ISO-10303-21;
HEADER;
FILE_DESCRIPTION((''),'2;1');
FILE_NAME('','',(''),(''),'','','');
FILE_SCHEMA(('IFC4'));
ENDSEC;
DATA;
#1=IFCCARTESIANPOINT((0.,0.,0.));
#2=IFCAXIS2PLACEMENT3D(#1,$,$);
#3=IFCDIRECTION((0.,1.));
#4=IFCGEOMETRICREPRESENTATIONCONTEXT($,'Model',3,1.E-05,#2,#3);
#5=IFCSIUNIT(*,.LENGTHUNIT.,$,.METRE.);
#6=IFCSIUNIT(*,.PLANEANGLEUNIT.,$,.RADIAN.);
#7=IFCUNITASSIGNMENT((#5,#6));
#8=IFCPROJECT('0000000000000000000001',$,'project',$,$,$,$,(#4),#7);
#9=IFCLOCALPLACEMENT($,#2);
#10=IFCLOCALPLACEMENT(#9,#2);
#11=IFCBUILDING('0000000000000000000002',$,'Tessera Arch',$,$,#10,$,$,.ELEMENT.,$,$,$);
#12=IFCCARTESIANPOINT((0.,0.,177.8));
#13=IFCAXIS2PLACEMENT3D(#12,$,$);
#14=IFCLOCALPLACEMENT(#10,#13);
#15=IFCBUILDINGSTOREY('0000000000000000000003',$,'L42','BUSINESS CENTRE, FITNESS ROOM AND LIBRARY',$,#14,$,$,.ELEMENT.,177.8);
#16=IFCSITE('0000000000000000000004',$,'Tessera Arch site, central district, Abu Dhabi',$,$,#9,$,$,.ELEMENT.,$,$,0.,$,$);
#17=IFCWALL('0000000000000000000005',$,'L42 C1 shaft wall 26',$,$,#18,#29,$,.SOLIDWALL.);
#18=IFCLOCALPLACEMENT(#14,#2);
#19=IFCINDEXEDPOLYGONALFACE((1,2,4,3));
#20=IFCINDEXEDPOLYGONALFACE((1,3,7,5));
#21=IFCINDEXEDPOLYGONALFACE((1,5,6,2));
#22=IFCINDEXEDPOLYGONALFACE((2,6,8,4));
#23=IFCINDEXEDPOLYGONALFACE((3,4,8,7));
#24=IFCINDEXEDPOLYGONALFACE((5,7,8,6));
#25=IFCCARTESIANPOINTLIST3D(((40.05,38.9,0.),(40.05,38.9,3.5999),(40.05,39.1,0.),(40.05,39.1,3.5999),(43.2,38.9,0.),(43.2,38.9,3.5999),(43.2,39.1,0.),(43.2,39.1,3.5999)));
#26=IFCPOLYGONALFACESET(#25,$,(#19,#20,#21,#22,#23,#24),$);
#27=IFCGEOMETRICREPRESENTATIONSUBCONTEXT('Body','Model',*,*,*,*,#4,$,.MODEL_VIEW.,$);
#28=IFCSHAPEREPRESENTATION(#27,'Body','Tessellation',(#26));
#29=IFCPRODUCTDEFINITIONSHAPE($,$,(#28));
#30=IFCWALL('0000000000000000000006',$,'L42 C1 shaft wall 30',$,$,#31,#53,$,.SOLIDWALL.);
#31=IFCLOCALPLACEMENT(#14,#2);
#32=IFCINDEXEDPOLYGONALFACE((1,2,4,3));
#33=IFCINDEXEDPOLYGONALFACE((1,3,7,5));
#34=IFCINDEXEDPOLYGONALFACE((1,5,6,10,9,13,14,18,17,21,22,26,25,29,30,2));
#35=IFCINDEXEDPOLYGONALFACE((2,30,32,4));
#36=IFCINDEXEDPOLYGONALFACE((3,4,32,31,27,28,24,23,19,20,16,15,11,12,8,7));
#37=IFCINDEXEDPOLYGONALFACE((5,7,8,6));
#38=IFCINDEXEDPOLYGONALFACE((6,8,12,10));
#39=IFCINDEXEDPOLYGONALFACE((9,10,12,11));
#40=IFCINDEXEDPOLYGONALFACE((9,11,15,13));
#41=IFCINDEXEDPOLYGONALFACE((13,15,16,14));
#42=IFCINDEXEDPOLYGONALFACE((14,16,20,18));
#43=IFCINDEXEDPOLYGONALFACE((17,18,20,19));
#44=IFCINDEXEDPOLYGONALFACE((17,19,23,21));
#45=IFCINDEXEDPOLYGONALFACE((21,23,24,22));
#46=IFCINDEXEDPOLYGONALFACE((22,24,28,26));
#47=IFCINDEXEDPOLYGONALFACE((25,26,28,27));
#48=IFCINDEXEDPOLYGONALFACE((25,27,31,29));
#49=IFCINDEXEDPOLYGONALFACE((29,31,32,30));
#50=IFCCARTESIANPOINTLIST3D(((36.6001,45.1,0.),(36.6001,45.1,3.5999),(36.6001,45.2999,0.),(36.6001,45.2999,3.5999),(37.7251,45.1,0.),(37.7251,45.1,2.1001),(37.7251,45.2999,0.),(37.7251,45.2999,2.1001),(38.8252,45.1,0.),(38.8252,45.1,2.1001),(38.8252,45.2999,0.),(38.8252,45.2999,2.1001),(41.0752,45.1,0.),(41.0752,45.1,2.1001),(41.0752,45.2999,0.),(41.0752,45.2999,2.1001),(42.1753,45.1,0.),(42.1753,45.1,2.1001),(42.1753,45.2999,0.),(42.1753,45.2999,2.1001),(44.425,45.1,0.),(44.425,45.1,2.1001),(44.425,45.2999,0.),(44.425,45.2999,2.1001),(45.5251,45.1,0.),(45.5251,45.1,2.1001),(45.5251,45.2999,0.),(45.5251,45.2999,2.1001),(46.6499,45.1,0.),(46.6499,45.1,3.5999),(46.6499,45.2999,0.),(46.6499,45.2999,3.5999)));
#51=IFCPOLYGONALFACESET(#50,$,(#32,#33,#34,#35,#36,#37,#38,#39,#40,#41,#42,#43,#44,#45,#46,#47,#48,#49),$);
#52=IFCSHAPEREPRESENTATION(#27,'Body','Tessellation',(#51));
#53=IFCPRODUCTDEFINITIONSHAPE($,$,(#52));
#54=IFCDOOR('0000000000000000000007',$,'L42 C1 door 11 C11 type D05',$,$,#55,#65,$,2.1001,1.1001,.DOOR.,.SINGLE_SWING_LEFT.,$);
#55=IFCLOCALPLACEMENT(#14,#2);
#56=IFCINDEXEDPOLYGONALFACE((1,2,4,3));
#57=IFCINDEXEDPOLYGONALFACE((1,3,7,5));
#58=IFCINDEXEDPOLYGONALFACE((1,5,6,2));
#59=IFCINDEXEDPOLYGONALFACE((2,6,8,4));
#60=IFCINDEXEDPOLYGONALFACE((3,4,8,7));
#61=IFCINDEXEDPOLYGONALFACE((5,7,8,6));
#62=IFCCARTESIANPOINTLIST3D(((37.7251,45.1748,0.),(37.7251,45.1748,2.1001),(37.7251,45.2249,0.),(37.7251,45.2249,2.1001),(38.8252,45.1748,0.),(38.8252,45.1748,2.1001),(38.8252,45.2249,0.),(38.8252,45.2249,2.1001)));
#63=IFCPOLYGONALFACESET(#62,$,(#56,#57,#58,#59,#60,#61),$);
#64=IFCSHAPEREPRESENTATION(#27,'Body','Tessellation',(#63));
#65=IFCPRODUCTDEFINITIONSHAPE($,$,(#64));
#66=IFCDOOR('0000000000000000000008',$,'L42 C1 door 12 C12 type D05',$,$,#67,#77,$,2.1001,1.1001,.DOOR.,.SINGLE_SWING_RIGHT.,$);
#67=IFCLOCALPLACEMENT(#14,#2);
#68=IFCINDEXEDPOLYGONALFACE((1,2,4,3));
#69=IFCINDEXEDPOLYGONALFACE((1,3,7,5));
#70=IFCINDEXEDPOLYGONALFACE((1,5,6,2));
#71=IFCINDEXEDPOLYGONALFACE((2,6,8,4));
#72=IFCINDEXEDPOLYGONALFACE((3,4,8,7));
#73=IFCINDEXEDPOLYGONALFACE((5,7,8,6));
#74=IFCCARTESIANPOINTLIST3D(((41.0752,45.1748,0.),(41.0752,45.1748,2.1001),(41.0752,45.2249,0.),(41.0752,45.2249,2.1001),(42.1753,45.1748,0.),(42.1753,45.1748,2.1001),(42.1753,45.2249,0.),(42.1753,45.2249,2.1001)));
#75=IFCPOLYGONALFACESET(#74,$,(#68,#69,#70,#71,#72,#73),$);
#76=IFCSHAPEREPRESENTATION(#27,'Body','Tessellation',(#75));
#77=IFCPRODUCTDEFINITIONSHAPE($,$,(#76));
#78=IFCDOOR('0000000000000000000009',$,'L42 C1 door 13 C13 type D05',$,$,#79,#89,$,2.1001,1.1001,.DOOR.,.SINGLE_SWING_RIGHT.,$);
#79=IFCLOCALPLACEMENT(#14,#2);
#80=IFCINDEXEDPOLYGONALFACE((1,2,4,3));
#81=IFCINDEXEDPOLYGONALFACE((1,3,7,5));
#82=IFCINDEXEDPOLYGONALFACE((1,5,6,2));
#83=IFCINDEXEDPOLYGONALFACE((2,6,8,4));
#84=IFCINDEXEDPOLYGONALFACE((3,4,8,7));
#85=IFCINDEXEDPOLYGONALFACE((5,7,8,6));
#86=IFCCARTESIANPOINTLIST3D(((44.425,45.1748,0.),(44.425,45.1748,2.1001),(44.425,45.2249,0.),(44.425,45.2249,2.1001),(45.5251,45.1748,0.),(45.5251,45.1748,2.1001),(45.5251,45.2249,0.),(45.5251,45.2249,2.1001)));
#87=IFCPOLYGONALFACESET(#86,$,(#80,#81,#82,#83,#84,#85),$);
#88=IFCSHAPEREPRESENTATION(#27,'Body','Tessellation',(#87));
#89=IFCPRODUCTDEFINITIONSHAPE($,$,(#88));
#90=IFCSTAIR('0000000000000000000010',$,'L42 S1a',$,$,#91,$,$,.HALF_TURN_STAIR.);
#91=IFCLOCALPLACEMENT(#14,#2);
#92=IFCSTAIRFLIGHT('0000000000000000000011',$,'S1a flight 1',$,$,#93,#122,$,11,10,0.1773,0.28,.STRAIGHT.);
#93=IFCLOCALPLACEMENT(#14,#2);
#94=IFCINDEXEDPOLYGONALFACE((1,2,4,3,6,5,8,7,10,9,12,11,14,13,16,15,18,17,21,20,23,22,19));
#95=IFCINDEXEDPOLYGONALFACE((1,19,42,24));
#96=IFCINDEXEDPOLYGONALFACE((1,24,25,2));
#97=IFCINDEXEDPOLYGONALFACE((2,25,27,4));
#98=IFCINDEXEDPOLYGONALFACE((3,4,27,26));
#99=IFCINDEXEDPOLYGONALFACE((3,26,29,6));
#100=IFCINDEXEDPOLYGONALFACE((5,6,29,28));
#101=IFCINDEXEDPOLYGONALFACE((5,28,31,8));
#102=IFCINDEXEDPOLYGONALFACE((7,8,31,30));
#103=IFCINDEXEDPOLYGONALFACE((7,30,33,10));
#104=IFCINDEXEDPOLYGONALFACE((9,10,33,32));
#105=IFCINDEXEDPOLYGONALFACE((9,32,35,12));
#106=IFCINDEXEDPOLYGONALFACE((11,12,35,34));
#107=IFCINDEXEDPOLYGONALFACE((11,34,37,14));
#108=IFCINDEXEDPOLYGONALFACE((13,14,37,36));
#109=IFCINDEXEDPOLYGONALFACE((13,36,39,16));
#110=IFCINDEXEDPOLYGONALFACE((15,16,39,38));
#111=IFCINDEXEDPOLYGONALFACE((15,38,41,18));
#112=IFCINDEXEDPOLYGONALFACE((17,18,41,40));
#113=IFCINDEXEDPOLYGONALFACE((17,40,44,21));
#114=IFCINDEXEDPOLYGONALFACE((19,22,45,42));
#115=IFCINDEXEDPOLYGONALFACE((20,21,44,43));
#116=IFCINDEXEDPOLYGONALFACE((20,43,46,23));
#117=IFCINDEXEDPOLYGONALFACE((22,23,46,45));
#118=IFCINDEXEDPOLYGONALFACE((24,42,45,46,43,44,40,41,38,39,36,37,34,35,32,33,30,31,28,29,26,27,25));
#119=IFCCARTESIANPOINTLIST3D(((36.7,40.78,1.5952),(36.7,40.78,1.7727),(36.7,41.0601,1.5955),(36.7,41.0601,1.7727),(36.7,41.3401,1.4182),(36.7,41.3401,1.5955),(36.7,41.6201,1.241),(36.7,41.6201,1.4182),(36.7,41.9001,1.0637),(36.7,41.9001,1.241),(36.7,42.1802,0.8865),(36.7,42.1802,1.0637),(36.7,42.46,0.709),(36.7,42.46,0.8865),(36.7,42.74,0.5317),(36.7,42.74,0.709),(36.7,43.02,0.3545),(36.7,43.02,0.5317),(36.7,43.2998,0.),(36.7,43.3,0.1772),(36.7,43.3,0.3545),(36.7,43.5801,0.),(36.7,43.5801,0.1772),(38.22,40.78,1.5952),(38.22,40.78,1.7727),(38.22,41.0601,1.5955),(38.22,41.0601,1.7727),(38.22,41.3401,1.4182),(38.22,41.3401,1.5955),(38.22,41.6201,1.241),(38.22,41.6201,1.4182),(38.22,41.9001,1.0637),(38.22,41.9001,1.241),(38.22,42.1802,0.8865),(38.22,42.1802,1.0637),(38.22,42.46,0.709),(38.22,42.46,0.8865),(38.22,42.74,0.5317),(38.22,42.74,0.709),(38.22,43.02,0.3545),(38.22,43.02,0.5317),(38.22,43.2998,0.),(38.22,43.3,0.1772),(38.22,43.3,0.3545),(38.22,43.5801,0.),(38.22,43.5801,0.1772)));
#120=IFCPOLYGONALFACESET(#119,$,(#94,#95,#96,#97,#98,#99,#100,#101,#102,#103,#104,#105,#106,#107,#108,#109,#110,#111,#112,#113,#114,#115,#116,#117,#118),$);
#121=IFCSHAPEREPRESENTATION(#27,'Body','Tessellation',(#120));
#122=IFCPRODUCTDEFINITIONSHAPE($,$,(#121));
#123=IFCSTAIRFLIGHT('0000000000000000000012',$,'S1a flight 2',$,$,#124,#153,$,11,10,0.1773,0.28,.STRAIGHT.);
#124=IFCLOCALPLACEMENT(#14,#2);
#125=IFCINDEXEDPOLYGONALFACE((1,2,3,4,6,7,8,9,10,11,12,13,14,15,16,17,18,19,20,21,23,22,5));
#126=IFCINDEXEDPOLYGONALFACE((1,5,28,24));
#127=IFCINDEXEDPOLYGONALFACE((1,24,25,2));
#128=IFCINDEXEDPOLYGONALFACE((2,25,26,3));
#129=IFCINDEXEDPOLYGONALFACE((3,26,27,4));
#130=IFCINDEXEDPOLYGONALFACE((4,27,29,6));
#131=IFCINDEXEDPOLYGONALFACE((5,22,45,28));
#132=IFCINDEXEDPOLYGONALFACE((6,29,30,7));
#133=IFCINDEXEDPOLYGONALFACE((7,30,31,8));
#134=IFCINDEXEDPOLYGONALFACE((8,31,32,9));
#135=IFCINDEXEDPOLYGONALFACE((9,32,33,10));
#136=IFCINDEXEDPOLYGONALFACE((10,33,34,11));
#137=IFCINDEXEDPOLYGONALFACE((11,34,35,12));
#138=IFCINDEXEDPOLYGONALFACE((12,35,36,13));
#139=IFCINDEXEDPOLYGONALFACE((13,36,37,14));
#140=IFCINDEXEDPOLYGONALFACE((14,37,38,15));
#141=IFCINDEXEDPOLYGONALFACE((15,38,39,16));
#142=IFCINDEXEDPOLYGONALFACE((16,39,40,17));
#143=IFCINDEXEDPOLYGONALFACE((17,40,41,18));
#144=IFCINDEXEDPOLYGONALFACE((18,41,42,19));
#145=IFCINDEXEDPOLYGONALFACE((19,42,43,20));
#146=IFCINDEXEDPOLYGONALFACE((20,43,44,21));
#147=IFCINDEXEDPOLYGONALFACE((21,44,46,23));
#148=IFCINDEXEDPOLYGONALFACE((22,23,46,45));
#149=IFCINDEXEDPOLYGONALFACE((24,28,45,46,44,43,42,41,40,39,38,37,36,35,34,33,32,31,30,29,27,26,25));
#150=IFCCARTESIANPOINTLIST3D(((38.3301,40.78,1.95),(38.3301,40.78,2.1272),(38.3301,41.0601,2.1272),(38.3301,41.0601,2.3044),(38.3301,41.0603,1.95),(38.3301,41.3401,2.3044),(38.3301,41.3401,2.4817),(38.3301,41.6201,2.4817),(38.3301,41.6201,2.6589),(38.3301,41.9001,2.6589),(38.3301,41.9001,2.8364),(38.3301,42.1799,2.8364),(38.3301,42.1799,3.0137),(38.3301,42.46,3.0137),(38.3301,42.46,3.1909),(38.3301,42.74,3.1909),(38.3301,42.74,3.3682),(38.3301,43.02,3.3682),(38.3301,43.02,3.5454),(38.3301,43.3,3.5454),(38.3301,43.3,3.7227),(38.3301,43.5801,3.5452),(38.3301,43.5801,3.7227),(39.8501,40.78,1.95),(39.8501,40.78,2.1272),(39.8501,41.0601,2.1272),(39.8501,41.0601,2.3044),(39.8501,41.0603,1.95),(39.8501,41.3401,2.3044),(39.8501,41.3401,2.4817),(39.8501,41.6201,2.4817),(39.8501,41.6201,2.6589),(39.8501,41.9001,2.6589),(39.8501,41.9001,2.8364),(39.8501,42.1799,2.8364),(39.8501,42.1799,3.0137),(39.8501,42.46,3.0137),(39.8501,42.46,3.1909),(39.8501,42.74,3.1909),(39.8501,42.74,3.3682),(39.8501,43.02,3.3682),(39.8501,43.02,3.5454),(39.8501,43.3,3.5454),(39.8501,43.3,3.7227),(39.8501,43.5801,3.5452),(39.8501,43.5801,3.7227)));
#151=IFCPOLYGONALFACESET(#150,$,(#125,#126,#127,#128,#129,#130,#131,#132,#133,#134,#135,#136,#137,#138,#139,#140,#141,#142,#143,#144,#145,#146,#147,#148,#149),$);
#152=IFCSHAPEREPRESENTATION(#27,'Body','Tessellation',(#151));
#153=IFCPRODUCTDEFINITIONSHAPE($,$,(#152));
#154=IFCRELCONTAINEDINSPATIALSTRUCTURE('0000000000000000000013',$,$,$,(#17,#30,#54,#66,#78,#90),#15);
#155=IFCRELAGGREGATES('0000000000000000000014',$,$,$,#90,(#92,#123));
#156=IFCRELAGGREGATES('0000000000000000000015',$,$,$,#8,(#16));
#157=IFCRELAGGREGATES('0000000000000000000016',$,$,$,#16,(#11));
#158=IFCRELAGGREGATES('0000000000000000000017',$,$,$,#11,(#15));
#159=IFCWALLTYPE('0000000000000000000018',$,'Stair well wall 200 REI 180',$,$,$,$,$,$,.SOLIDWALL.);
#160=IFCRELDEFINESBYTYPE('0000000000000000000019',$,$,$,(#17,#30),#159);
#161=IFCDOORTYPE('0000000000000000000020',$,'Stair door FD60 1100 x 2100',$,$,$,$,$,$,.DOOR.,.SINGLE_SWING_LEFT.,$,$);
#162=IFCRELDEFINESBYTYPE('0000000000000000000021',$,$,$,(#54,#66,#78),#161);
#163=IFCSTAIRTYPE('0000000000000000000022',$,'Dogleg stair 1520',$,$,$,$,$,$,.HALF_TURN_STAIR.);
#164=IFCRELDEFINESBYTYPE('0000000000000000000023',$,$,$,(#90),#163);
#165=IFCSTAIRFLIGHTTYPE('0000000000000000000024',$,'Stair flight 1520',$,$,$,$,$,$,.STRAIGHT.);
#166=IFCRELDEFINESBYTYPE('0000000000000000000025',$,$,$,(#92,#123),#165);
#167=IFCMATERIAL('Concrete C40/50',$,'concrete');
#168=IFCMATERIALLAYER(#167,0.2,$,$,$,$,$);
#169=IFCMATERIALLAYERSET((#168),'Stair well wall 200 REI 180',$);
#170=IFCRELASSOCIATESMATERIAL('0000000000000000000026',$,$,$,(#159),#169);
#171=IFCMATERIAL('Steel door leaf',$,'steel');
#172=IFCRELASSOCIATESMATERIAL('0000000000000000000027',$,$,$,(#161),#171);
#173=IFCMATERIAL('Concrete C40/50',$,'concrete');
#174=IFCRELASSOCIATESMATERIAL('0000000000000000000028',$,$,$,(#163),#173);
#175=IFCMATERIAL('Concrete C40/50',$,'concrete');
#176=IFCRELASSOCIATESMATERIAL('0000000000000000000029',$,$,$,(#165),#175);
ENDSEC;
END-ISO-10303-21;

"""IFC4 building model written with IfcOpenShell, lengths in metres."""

from ifc_helpers import new_model, si_unit, direction, frame, frame_2d, origin, place, context, subcontext, project, spatial, polyline, rectangle, outline, extrude, material, layer, layer_set, type_object, element, fill, aggregate, save


model = new_model("IFC4")

# Units and contexts
model_context = context("Model", 3, precision=1e-05, world=origin(), true_north=direction((0.0, 1.0)))
body_context = subcontext(model_context, "Body", "Model", "MODEL_VIEW")
ifc_project = project(units=[si_unit("LENGTHUNIT", "METRE"), si_unit("PLANEANGLEUNIT", "RADIAN")], contexts=[model_context])

# Site, building, storey
site_placement = place(None, origin())
site = spatial("IfcSite", under=ifc_project, at=site_placement, Name="Tessera Arch site, central district, Abu Dhabi", CompositionType="ELEMENT", RefElevation=0.0)
building_placement = place(site_placement, origin())
building = spatial("IfcBuilding", under=site, at=building_placement, Name="Tessera Arch", CompositionType="ELEMENT")
storey_placement = place(building_placement, frame((0.0, 0.0, 177.8)))
storey = spatial("IfcBuildingStorey", under=building, at=storey_placement, Name="L42", Description="BUSINESS CENTRE, FITNESS ROOM AND LIBRARY", CompositionType="ELEMENT", Elevation=177.8)

# Wall
ifc_material_1 = material(Name="Concrete C40/50", Category="concrete")
ifc_layer_1 = layer(ifc_material_1, 0.2)
ifc_layer_set_1 = layer_set([ifc_layer_1], Name="Stair well wall 200 REI 180")
wall_type_1 = type_object("IfcWallType", Name="Stair well wall 200 REI 180", PredefinedType="SOLIDWALL", material=ifc_layer_set_1)
wall_1_placement = place(storey_placement, frame((40.05, 39.0, 0.0), z_axis=(0.0, 0.0, 1.0), x_axis=(1.0, 0.0, 0.0)))
element("IfcWall", 1, at=wall_1_placement, inside=storey, type_object=wall_type_1, Name="L42 C1 shaft wall 26", PredefinedType="SOLIDWALL", context=body_context, shape_type="SweptSolid", body=[
    extrude(rectangle(XDim=3.1499, YDim=0.2, at=frame_2d((1.575, 0.0))), origin(), (0.0, 0.0, 1.0), 3.5999),
])

# Wall, openings, doors
wall_2_placement = place(storey_placement, frame((36.6001, 45.2, 0.0), z_axis=(0.0, 0.0, 1.0), x_axis=(1.0, 0.0, 0.0)))
wall_2 = element("IfcWall", 2, at=wall_2_placement, inside=storey, type_object=wall_type_1, Name="L42 C1 shaft wall 30", PredefinedType="SOLIDWALL", context=body_context, shape_type="SweptSolid", body=[
    extrude(rectangle(XDim=10.0498, YDim=0.2, at=frame_2d((5.0249, 0.0))), origin(), (0.0, 0.0, 1.0), 3.5999),
])
opening_1_placement = place(wall_2_placement, frame((1.125, 0.0, 0.0)))
opening_1 = element("IfcOpeningElement", 3, at=opening_1_placement, cuts=wall_2, PredefinedType="OPENING", context=body_context, shape_type="SweptSolid", body=[
    extrude(rectangle(XDim=1.1001, YDim=2.1001, at=frame_2d((0.55, 1.05))), frame((0.0, 0.1099, 0.0), z_axis=(0.0, -1.0, 0.0), x_axis=(1.0, 0.0, 0.0)), (0.0, 0.0, 1.0), 0.22),
])
opening_2_placement = place(wall_2_placement, frame((4.4751, 0.0, 0.0)))
opening_2 = element("IfcOpeningElement", 4, at=opening_2_placement, cuts=wall_2, PredefinedType="OPENING", context=body_context, shape_type="SweptSolid", body=[
    extrude(rectangle(XDim=1.1001, YDim=2.1001, at=frame_2d((0.55, 1.05))), frame((0.0, 0.1099, 0.0), z_axis=(0.0, -1.0, 0.0), x_axis=(1.0, 0.0, 0.0)), (0.0, 0.0, 1.0), 0.22),
])
opening_3_placement = place(wall_2_placement, frame((7.825, 0.0, 0.0)))
opening_3 = element("IfcOpeningElement", 5, at=opening_3_placement, cuts=wall_2, PredefinedType="OPENING", context=body_context, shape_type="SweptSolid", body=[
    extrude(rectangle(XDim=1.1001, YDim=2.1001, at=frame_2d((0.55, 1.05))), frame((0.0, 0.1099, 0.0), z_axis=(0.0, -1.0, 0.0), x_axis=(1.0, 0.0, 0.0)), (0.0, 0.0, 1.0), 0.22),
])
ifc_material_2 = material(Name="Steel door leaf", Category="steel")
door_type_1 = type_object("IfcDoorType", Name="Stair door FD60 1100 x 2100", OperationType="SINGLE_SWING_LEFT", PredefinedType="DOOR", material=ifc_material_2)
door_1_placement = place(opening_1_placement, origin())
door_1 = element("IfcDoor", 6, at=door_1_placement, inside=storey, type_object=door_type_1, Name="L42 C1 door 11 C11 type D05", OperationType="SINGLE_SWING_LEFT", OverallHeight=2.1001, OverallWidth=1.1001, PredefinedType="DOOR", context=body_context, shape_type="SweptSolid", body=[
    extrude(rectangle(XDim=1.1001, YDim=2.1001, at=frame_2d((0.55, 1.05))), frame((0.0, 0.0249, 0.0), z_axis=(0.0, -1.0, 0.0), x_axis=(1.0, 0.0, 0.0)), (0.0, 0.0, 1.0), 0.05),
])
fill(opening_1, door_1)
door_2_placement = place(opening_2_placement, origin())
door_2 = element("IfcDoor", 7, at=door_2_placement, inside=storey, type_object=door_type_1, Name="L42 C1 door 12 C12 type D05", OperationType="SINGLE_SWING_RIGHT", OverallHeight=2.1001, OverallWidth=1.1001, PredefinedType="DOOR", context=body_context, shape_type="SweptSolid", body=[
    extrude(rectangle(XDim=1.1001, YDim=2.1001, at=frame_2d((0.55, 1.05))), frame((0.0, 0.0249, 0.0), z_axis=(0.0, -1.0, 0.0), x_axis=(1.0, 0.0, 0.0)), (0.0, 0.0, 1.0), 0.05),
])
fill(opening_2, door_2)
door_3_placement = place(opening_3_placement, origin())
door_3 = element("IfcDoor", 8, at=door_3_placement, inside=storey, type_object=door_type_1, Name="L42 C1 door 13 C13 type D05", OperationType="SINGLE_SWING_RIGHT", OverallHeight=2.1001, OverallWidth=1.1001, PredefinedType="DOOR", context=body_context, shape_type="SweptSolid", body=[
    extrude(rectangle(XDim=1.1001, YDim=2.1001, at=frame_2d((0.55, 1.05))), frame((0.0, 0.0249, 0.0), z_axis=(0.0, -1.0, 0.0), x_axis=(1.0, 0.0, 0.0)), (0.0, 0.0, 1.0), 0.05),
])
fill(opening_3, door_3)

# Stair, stair flights
ifc_material_3 = material(Name="Concrete C40/50", Category="concrete")
stair_type = type_object("IfcStairType", Name="Dogleg stair 1520", PredefinedType="HALF_TURN_STAIR", material=ifc_material_3)
stair_1_placement = place(storey_placement, origin())
stair_1 = element("IfcStair", 9, at=stair_1_placement, inside=storey, type_object=stair_type, Name="L42 S1a", PredefinedType="HALF_TURN_STAIR")
ifc_material_4 = material(Name="Concrete C40/50", Category="concrete")
stair_flight_type = type_object("IfcStairFlightType", Name="Stair flight 1520", PredefinedType="STRAIGHT", material=ifc_material_4)
stair_flight_1_placement = place(storey_placement, frame((37.46, 43.5801, 0.0), z_axis=(0.0, 0.0, 1.0), x_axis=(0.0, -1.0, 0.0)))
stair_flight_1 = element("IfcStairFlight", 10, at=stair_flight_1_placement, type_object=stair_flight_type, Name="S1a flight 1", NumberOfRisers=11, NumberOfTreads=10, PredefinedType="STRAIGHT", RiserHeight=0.1773, TreadLength=0.28, context=body_context, shape_type="SweptSolid", body=[
    extrude(outline(polyline([(0.0, 0.0), (0.0, 0.1772), (0.28, 0.1772), (0.28, 0.3545), (0.5601, 0.3545), (0.5601, 0.5317), (0.8401, 0.5317), (0.8401, 0.709), (1.1201, 0.709), (1.1201, 0.8865), (1.3999, 0.8865), (1.3999, 1.0637), (1.6799, 1.0637), (1.6799, 1.241), (1.96, 1.241), (1.96, 1.4182), (2.24, 1.4182), (2.24, 1.5955), (2.52, 1.5955), (2.52, 1.7727), (2.8, 1.7727), (2.8, 1.95), (2.8, 1.5952), (0.2803, 0.0), (0.0, 0.0)])), frame((0.0, 0.76, 0.0), z_axis=(0.0, -1.0, 0.0), x_axis=(1.0, 0.0, 0.0)), (0.0, 0.0, 1.0), 1.52),
])
stair_flight_2_placement = place(storey_placement, frame((39.0901, 40.78, 1.95), z_axis=(0.0, 0.0, 1.0), x_axis=(0.0, 1.0, 0.0)))
stair_flight_2 = element("IfcStairFlight", 11, at=stair_flight_2_placement, type_object=stair_flight_type, Name="S1a flight 2", NumberOfRisers=11, NumberOfTreads=10, PredefinedType="STRAIGHT", RiserHeight=0.1773, TreadLength=0.28, context=body_context, shape_type="SweptSolid", body=[
    extrude(outline(polyline([(0.0, 0.0), (0.0, 0.1772), (0.28, 0.1772), (0.28, 0.3545), (0.5601, 0.3545), (0.5601, 0.5317), (0.8401, 0.5317), (0.8401, 0.709), (1.1201, 0.709), (1.1201, 0.8865), (1.3999, 0.8865), (1.3999, 1.0637), (1.6799, 1.0637), (1.6799, 1.241), (1.96, 1.241), (1.96, 1.4182), (2.24, 1.4182), (2.24, 1.5955), (2.52, 1.5955), (2.52, 1.7727), (2.8, 1.7727), (2.8, 1.95), (2.8, 1.5952), (0.2803, 0.0), (0.0, 0.0)])), frame((0.0, 0.76, 0.0), z_axis=(0.0, -1.0, 0.0), x_axis=(1.0, 0.0, 0.0)), (0.0, 0.0, 1.0), 1.52),
])
aggregate(stair_1, [stair_flight_1, stair_flight_2])

save(model, "model.ifc")
